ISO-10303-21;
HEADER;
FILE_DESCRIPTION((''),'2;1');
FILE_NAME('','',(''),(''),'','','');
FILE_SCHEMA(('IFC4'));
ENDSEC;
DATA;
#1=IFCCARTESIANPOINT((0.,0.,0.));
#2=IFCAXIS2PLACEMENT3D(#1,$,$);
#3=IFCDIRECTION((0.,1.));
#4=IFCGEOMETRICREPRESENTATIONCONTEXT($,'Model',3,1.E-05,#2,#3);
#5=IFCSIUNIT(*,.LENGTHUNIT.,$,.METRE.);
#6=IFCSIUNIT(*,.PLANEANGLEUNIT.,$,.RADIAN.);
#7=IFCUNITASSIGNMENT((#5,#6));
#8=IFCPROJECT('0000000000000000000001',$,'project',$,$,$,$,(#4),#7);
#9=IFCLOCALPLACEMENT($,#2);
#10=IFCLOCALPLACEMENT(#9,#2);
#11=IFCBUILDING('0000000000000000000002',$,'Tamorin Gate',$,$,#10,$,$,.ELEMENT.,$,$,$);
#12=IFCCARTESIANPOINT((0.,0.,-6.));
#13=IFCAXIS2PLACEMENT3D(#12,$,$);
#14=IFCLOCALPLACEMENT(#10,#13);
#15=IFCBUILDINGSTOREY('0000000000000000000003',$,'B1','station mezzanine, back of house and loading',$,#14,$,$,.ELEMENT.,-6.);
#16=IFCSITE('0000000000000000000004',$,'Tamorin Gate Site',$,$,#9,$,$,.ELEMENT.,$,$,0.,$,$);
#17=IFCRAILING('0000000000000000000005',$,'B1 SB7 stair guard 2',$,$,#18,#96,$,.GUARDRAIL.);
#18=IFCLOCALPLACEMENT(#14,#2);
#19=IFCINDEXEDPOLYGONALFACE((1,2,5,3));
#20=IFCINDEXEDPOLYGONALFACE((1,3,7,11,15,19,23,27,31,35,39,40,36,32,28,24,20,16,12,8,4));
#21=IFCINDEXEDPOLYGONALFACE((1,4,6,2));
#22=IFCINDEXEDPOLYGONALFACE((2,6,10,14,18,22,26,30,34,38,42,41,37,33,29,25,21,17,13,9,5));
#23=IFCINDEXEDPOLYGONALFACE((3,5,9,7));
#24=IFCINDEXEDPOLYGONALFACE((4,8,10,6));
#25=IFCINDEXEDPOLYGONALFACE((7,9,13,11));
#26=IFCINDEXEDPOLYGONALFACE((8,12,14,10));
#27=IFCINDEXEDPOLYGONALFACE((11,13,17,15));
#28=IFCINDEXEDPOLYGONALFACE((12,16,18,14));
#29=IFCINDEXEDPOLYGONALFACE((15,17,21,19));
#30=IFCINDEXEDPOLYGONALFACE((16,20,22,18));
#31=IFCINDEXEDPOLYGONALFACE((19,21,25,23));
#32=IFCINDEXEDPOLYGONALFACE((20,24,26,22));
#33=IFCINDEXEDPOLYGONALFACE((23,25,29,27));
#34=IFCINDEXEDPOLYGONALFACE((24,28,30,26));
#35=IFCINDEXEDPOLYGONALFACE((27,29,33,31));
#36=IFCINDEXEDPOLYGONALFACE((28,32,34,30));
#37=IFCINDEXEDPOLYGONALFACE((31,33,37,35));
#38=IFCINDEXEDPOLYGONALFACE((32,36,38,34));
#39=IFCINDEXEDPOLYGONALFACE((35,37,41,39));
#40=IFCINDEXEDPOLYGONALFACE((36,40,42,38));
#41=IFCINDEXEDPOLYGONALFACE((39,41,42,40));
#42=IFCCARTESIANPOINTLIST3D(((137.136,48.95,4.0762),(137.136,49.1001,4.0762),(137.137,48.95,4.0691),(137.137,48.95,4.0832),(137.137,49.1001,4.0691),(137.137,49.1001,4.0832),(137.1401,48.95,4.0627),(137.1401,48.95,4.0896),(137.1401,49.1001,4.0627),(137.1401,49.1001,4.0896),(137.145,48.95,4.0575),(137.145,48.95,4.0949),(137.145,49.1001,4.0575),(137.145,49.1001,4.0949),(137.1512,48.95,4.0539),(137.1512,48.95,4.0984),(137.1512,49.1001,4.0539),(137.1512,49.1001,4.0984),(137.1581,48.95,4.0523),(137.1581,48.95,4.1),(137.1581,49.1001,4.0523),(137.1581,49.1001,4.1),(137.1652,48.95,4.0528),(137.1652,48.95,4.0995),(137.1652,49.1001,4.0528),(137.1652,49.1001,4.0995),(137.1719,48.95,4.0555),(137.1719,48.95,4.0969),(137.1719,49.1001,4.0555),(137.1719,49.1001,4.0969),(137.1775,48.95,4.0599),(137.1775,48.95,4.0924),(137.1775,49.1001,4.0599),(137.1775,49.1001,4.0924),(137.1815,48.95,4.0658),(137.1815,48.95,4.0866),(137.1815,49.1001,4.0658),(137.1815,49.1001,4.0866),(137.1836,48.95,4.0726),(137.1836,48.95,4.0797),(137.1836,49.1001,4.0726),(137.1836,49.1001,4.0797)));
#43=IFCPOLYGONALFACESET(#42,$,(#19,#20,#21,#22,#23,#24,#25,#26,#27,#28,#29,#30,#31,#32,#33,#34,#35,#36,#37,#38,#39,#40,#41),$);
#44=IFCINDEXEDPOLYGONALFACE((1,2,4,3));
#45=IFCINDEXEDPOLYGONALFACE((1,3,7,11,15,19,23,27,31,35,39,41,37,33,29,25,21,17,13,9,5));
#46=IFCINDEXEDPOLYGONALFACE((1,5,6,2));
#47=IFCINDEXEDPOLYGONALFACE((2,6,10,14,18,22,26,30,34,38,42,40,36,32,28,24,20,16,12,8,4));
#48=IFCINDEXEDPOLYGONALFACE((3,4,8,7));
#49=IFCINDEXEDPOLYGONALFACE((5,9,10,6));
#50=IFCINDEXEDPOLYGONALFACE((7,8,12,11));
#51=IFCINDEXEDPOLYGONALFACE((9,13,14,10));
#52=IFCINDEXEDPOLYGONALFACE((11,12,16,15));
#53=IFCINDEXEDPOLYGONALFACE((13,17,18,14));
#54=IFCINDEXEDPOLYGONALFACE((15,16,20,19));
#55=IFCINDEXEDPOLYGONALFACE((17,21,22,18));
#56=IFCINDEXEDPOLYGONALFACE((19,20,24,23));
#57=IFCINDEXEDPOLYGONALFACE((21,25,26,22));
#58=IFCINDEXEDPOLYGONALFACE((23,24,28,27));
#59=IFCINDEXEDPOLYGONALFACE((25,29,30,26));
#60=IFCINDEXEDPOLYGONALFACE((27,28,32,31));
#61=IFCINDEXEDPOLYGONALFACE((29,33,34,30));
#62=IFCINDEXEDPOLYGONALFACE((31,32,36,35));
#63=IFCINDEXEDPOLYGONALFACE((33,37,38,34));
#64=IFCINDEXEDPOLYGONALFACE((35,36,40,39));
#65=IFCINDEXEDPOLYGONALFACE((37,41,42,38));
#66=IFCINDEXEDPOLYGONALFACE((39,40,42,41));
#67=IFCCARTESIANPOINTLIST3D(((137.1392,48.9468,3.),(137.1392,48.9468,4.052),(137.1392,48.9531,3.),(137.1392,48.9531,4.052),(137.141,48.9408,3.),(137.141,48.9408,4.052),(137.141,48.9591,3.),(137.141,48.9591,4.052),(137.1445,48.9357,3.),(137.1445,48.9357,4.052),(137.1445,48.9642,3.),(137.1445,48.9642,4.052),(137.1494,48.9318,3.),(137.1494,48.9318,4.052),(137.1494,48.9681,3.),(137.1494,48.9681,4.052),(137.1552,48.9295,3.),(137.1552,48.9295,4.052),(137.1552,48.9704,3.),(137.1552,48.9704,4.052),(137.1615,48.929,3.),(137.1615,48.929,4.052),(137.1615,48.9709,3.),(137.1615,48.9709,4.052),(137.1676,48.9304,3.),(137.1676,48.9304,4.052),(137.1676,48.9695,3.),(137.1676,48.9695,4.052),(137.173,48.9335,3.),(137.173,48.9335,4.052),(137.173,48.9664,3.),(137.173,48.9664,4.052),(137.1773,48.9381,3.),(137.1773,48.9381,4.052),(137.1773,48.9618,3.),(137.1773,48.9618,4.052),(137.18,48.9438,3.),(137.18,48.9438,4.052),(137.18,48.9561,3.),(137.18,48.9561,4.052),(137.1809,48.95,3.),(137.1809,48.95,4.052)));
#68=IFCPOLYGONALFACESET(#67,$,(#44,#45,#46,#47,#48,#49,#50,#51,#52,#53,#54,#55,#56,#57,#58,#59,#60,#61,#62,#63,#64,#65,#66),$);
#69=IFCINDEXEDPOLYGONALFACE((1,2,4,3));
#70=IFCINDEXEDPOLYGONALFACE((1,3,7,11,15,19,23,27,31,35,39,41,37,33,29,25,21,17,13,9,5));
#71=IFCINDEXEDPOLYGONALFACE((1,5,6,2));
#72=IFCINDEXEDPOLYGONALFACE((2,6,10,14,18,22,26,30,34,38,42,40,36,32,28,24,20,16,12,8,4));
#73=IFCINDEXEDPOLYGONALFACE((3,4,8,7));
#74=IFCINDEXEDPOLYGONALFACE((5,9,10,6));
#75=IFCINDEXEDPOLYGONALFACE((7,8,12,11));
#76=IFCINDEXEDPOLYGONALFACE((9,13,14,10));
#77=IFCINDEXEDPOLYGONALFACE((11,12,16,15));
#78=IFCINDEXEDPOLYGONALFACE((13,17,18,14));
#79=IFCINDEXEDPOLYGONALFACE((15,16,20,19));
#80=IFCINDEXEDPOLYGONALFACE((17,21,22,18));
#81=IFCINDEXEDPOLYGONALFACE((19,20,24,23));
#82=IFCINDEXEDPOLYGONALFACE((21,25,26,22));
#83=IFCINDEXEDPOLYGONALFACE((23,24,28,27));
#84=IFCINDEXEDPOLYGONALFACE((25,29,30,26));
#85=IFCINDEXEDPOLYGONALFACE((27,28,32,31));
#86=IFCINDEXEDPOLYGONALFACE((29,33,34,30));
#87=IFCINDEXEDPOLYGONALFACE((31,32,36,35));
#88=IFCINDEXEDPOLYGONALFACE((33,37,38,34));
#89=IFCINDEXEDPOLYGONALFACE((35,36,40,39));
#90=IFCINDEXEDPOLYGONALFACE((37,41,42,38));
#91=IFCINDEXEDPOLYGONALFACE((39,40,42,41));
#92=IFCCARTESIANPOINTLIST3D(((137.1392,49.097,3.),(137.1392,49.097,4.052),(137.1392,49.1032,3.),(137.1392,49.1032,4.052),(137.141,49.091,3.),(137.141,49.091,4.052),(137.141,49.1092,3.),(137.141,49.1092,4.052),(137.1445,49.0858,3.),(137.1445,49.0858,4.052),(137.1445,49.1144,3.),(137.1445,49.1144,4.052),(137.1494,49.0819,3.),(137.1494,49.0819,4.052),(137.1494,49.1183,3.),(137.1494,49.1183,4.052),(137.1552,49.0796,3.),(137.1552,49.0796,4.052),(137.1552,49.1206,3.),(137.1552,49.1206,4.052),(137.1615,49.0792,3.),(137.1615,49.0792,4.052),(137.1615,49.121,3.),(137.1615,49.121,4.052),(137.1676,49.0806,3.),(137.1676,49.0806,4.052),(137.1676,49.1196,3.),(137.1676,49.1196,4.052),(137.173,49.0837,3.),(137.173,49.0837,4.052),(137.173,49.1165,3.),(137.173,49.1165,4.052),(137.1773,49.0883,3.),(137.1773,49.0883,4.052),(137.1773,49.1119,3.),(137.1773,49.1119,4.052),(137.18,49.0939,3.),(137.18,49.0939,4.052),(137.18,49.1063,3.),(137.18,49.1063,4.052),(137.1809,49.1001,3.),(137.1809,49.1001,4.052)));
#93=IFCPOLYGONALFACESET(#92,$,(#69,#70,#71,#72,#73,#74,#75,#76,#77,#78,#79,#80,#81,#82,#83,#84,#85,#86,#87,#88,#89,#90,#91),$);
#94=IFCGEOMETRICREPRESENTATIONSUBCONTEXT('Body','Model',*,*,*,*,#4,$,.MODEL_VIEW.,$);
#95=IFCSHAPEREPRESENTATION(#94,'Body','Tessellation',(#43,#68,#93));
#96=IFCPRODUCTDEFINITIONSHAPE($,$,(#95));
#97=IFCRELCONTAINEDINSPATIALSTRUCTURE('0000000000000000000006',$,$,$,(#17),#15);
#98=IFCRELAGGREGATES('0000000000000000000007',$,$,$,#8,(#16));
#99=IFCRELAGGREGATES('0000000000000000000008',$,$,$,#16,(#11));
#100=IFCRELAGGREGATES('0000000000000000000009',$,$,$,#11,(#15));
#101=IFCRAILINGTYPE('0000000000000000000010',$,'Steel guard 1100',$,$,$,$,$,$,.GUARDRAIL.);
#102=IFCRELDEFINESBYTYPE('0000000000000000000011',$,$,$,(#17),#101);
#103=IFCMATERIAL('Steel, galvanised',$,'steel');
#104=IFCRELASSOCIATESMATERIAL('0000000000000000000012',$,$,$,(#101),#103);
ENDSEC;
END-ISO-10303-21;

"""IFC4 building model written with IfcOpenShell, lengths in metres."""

from ifc_helpers import new_model, si_unit, direction, frame, origin, origin_2d, place, context, subcontext, project, spatial, circle, extrude, material, type_object, element, save


model = new_model("IFC4")

# Units and contexts
model_context = context("Model", 3, precision=1e-05, world=origin(), true_north=direction((0.0, 1.0)))
body_context = subcontext(model_context, "Body", "Model", "MODEL_VIEW")
ifc_project = project(units=[si_unit("LENGTHUNIT", "METRE"), si_unit("PLANEANGLEUNIT", "RADIAN")], contexts=[model_context])

# Site, building, storey
site_placement = place(None, origin())
site = spatial("IfcSite", under=ifc_project, at=site_placement, Name="Tamorin Gate Site", CompositionType="ELEMENT", RefElevation=0.0)
building_placement = place(site_placement, origin())
building = spatial("IfcBuilding", under=site, at=building_placement, Name="Tamorin Gate", CompositionType="ELEMENT")
storey_placement = place(building_placement, frame((0.0, 0.0, -6.0)))
storey = spatial("IfcBuildingStorey", under=building, at=storey_placement, Name="B1", Description="station mezzanine, back of house and loading", CompositionType="ELEMENT", Elevation=-6.0)

# Railing
ifc_material_1 = material(Name="Steel, galvanised", Category="steel")
railing_type_1 = type_object("IfcRailingType", Name="Steel guard 1100", PredefinedType="GUARDRAIL", material=ifc_material_1)
railing_1_placement = place(storey_placement, frame((137.1599, 48.95, 3.0)))
element("IfcRailing", 1, at=railing_1_placement, inside=storey, type_object=railing_type_1, Name="B1 SB7 stair guard 2", PredefinedType="GUARDRAIL", context=body_context, shape_type="SweptSolid", body=[
    extrude(circle(Radius=0.0239, at=origin_2d()), frame((0.0, 0.0, 1.0762), z_axis=(0.0, 1.0, 0.0), x_axis=(-1.0, 0.0, 0.0)), (0.0, 0.0, 1.0), 0.1501),
    extrude(circle(Radius=0.021, at=origin_2d()), origin(), (0.0, 0.0, 1.0), 1.052),
    extrude(circle(Radius=0.021, at=origin_2d()), frame((0.0, 0.1501, 0.0)), (0.0, 0.0, 1.0), 1.052),
])

save(model, "model.ifc")
